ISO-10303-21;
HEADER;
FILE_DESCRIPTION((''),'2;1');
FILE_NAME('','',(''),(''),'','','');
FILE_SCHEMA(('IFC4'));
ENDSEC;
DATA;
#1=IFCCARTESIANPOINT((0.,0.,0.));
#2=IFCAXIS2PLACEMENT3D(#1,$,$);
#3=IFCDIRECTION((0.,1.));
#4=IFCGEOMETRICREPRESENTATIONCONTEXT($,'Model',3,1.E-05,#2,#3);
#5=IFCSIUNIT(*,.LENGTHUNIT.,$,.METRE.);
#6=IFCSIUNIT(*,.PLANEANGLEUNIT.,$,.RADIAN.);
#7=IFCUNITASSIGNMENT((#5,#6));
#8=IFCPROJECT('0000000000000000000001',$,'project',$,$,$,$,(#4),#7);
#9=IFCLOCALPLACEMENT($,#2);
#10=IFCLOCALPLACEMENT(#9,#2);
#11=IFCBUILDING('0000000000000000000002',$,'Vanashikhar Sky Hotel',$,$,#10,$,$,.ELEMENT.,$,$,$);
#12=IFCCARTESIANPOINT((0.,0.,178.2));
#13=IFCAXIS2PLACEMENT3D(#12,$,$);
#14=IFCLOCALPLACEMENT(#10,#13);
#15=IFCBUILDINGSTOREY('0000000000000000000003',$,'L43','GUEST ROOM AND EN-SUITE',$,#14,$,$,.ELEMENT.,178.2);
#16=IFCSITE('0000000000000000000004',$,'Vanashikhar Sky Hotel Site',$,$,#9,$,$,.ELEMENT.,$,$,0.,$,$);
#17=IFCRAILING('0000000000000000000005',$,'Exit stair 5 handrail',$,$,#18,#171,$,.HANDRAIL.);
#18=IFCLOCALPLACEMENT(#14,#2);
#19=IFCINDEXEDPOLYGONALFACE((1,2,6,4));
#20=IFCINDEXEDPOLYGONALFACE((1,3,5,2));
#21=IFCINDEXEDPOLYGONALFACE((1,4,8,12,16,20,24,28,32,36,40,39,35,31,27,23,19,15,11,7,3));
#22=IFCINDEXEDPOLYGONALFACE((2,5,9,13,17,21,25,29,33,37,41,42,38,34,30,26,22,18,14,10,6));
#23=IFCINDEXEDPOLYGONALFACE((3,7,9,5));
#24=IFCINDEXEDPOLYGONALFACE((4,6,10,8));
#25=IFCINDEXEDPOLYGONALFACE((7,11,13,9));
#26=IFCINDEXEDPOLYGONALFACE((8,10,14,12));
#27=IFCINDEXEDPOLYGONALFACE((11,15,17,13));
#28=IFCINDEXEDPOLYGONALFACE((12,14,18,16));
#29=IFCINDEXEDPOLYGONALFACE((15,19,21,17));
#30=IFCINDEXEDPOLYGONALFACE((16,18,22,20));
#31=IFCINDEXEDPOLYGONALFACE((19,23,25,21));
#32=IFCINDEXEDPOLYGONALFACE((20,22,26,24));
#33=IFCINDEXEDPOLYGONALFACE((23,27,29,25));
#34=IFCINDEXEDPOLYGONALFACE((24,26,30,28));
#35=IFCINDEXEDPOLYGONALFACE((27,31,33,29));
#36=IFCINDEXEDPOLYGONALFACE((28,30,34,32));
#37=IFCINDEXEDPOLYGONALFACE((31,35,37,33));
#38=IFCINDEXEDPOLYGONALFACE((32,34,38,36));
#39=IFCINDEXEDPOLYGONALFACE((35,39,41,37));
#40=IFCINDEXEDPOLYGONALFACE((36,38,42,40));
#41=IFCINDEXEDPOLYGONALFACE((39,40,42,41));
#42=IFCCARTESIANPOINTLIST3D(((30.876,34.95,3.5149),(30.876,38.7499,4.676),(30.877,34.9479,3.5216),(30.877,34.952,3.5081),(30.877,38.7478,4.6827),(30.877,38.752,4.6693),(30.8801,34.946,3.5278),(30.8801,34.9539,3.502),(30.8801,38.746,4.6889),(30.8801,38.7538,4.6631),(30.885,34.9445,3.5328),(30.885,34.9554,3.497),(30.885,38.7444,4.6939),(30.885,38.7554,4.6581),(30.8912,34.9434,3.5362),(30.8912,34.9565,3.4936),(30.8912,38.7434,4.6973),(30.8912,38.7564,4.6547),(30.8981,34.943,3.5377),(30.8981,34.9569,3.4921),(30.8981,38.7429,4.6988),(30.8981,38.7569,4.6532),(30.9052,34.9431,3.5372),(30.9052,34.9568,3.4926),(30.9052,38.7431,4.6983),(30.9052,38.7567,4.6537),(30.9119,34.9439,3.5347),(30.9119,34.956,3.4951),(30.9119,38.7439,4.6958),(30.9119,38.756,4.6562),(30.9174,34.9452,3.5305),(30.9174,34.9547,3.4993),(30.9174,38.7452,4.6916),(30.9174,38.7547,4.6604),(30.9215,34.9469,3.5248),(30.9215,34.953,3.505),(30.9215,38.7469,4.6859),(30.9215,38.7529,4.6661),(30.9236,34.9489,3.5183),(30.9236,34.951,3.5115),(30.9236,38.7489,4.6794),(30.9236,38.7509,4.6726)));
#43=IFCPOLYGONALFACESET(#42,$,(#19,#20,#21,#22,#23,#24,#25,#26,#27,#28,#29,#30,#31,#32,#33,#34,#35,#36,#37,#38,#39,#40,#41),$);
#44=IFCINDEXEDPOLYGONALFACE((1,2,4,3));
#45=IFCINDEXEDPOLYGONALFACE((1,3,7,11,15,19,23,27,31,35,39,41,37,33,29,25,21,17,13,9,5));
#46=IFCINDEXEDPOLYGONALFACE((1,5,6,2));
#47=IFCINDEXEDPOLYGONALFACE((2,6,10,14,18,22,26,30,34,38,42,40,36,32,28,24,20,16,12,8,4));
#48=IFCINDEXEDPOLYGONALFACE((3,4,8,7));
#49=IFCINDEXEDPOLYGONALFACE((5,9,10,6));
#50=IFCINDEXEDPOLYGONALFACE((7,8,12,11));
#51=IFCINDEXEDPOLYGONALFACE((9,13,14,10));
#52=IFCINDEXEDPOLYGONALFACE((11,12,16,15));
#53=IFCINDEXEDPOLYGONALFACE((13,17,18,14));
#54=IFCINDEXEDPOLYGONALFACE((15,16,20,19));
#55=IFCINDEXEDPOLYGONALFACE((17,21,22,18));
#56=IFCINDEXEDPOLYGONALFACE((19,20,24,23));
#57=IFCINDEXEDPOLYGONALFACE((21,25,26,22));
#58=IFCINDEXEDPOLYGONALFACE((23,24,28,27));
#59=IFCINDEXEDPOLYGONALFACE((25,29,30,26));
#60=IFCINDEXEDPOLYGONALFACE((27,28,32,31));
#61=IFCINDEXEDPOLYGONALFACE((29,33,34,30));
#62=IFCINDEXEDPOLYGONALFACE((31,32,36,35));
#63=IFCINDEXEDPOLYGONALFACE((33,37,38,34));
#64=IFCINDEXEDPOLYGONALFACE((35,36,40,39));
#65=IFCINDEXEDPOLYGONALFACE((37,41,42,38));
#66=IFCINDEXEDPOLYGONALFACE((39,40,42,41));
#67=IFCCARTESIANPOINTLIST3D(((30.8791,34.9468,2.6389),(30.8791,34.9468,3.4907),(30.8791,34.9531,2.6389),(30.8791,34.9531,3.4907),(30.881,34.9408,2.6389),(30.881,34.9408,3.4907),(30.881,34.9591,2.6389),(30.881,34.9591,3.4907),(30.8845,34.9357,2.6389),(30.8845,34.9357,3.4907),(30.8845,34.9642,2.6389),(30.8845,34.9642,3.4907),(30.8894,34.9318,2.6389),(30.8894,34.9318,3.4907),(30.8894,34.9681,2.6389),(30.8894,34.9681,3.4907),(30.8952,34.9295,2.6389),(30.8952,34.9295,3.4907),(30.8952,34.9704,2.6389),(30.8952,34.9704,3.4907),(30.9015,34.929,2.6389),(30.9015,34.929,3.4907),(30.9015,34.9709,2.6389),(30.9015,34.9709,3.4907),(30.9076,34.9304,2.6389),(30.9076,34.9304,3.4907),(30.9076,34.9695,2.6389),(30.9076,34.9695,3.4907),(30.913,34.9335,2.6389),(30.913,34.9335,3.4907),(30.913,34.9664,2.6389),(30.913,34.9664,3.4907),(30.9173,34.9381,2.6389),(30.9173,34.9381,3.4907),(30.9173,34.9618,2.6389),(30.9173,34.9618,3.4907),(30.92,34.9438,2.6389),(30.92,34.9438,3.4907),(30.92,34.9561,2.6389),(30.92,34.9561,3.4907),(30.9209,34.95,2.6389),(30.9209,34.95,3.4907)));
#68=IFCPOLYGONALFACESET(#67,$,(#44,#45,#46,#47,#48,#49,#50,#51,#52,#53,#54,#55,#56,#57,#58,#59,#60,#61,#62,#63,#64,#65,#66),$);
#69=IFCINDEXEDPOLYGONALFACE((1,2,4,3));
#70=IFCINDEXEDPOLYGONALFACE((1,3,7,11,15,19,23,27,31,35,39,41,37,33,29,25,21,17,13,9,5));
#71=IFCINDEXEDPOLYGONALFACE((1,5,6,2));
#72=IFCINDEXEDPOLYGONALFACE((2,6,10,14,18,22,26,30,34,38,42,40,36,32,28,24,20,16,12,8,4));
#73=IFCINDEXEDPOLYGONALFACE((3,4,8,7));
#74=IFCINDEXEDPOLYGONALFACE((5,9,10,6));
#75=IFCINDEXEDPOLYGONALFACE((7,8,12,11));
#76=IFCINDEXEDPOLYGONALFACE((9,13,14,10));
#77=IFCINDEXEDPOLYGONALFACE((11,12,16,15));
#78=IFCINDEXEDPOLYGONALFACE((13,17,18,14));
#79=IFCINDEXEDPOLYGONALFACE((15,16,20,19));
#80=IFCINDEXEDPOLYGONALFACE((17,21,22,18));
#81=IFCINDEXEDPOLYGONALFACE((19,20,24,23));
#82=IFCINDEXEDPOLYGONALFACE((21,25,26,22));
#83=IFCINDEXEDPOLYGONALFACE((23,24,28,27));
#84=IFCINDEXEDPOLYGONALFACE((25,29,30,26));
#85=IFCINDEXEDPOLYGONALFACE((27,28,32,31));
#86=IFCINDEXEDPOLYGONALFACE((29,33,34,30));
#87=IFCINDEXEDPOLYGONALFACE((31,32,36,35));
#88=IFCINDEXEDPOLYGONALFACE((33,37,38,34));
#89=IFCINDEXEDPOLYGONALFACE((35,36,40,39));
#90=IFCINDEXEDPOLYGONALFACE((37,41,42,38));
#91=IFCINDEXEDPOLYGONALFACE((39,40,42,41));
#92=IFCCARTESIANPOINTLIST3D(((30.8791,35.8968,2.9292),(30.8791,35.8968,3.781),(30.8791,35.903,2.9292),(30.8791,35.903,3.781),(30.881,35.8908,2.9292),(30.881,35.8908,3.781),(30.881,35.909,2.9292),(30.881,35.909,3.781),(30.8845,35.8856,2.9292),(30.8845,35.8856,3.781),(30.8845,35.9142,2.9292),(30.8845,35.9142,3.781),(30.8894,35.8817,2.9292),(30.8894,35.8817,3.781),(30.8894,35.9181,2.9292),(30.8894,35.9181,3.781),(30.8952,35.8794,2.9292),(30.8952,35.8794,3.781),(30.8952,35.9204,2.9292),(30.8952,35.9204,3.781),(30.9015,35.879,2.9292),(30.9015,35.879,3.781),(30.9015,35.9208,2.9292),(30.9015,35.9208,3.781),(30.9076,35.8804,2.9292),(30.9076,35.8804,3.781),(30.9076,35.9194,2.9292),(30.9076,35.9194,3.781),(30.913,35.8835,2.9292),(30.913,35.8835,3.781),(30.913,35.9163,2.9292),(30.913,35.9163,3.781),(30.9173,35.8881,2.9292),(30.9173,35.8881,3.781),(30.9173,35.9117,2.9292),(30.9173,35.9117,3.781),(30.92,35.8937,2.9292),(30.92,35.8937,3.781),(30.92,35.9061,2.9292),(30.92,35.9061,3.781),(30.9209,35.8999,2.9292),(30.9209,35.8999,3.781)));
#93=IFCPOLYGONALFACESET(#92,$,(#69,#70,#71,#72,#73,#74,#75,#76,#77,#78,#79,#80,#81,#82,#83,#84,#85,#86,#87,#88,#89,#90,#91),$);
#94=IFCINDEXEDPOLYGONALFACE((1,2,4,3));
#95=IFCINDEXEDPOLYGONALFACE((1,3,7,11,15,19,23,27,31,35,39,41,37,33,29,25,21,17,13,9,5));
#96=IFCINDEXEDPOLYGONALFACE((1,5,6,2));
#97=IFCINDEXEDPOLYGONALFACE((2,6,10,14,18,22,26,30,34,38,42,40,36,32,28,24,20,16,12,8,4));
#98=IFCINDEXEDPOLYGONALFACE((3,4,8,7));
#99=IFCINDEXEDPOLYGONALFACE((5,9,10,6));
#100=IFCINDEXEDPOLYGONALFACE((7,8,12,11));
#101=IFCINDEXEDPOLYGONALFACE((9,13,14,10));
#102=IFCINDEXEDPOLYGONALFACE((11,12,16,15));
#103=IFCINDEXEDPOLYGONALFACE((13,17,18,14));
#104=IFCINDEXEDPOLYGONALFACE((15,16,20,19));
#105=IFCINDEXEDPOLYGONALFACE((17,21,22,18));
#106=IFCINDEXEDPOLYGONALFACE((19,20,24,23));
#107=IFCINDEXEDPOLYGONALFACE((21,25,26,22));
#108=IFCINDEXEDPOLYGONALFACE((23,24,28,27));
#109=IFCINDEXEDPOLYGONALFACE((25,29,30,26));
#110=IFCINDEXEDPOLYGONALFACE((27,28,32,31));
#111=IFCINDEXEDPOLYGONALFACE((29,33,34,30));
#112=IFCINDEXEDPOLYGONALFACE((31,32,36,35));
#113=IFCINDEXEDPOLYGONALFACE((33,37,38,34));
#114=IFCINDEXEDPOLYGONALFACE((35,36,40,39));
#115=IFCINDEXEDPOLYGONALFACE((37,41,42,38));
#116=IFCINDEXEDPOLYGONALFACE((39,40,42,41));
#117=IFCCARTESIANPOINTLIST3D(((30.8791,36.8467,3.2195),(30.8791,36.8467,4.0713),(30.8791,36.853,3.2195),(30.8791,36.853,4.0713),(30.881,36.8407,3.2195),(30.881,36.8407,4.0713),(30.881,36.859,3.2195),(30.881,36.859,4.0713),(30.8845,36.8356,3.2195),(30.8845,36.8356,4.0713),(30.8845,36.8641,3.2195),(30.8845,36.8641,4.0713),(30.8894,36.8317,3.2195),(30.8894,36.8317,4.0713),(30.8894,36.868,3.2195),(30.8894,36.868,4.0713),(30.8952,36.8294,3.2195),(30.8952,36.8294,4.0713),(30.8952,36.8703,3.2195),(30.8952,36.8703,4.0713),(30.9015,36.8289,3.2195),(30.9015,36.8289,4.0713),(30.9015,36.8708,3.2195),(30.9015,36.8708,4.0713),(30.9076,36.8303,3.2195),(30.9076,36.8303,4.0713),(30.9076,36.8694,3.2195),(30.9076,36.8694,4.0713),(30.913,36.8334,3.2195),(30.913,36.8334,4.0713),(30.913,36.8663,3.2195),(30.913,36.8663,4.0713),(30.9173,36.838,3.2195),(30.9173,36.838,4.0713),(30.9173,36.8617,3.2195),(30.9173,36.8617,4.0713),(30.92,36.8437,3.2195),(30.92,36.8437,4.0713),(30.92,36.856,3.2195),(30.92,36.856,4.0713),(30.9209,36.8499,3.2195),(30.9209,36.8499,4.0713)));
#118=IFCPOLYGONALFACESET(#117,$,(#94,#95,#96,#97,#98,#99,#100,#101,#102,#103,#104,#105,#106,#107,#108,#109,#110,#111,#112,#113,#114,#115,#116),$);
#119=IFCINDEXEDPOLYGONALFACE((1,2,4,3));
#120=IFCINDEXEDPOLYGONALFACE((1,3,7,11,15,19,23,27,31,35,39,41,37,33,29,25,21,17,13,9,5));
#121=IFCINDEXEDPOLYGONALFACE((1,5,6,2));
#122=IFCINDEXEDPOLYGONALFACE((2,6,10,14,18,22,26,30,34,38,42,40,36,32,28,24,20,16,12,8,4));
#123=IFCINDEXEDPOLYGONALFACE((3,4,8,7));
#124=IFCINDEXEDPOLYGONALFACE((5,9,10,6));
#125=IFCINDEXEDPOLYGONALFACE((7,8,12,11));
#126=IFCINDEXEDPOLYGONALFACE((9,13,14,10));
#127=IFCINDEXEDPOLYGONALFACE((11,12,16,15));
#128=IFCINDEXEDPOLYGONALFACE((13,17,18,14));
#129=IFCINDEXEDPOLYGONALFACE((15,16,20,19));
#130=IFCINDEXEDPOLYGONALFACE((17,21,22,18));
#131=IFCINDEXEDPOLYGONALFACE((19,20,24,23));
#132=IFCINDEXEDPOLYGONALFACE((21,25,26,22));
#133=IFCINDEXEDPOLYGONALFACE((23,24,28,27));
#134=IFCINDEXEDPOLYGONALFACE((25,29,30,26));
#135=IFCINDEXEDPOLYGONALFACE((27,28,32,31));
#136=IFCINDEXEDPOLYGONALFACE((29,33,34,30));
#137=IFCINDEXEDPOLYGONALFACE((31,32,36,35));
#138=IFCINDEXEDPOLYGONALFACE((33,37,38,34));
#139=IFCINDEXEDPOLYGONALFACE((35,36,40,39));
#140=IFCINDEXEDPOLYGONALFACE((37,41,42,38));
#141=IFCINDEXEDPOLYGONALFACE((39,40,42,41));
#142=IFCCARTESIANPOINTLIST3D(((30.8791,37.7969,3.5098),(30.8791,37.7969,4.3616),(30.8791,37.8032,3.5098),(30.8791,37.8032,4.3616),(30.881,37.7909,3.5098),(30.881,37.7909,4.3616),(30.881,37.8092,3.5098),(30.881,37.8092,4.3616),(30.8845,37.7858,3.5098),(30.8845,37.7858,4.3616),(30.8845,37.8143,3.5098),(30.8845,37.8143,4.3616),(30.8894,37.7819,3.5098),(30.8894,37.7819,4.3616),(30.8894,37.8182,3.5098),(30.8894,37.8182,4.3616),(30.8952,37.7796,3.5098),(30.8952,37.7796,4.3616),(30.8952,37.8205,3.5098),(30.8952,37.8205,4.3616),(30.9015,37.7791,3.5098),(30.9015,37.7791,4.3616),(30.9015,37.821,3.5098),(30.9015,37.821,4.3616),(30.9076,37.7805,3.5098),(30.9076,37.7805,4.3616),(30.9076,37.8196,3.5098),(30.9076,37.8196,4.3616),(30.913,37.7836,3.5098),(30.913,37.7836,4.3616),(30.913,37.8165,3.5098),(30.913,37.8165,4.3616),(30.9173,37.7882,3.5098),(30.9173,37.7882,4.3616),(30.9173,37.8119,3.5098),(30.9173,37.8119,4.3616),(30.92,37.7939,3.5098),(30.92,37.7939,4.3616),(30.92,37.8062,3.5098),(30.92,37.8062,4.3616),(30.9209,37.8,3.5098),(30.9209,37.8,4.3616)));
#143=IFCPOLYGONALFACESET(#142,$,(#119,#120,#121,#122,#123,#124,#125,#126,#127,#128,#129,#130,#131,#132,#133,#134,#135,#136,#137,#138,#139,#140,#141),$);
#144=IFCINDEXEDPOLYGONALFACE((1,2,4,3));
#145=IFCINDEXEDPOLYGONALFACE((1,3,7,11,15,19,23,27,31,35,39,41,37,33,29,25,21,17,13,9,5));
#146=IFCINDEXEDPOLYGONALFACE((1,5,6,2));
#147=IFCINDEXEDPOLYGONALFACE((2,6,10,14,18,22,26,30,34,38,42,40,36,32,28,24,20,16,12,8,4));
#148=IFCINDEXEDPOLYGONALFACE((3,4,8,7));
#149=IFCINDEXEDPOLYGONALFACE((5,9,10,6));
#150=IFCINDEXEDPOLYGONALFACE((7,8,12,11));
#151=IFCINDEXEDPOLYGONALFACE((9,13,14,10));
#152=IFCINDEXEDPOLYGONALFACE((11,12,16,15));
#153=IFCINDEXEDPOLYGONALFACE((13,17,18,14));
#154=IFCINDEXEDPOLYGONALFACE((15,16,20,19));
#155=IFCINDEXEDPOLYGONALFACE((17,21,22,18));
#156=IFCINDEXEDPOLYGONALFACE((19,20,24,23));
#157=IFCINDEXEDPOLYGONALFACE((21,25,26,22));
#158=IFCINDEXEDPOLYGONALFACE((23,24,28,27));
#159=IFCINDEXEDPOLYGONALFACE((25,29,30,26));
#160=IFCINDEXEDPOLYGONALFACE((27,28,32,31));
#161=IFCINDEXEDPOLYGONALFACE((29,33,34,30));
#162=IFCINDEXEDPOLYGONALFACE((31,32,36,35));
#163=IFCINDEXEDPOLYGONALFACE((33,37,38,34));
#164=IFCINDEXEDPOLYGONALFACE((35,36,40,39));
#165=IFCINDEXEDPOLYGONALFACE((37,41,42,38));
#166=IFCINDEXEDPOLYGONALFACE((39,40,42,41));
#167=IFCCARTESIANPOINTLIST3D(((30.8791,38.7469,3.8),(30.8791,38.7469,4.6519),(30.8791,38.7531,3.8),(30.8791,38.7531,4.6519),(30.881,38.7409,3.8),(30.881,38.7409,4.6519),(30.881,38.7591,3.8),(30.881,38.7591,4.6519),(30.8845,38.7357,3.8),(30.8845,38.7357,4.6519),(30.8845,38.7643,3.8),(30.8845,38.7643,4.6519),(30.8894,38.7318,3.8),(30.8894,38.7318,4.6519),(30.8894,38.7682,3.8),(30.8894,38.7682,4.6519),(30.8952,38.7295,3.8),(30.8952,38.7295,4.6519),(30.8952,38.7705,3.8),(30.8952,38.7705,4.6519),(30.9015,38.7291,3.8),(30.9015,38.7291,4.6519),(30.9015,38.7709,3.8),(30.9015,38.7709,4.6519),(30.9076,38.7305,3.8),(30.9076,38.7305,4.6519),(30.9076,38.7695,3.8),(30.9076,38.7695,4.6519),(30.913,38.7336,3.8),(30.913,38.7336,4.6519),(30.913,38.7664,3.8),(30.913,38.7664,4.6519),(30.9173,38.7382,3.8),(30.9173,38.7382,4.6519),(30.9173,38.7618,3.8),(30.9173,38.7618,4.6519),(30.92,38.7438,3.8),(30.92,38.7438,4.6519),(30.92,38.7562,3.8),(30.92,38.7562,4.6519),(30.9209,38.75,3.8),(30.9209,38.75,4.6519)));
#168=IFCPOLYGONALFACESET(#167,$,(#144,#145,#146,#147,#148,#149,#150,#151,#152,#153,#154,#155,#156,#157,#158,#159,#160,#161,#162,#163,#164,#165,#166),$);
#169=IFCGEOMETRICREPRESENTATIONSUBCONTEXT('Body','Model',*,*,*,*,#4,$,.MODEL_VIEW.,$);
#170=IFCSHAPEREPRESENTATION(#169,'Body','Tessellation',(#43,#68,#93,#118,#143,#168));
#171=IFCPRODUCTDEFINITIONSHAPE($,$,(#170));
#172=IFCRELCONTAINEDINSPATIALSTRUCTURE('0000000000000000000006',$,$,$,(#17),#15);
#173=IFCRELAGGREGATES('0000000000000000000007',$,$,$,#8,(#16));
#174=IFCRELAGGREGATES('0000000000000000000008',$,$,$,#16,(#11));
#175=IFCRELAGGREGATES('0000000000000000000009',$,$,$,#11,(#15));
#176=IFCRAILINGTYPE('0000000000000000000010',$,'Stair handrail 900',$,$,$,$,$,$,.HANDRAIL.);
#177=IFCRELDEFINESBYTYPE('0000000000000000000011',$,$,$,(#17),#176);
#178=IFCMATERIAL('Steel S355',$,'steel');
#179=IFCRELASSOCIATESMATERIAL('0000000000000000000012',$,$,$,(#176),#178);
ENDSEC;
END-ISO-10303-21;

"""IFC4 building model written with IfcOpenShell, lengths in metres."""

from ifc_helpers import new_model, si_unit, direction, frame, origin, origin_2d, place, context, subcontext, project, spatial, circle, extrude, source, transform, mapped, material, type_object, element, save


model = new_model("IFC4")

# Units and contexts
model_context = context("Model", 3, precision=1e-05, world=origin(), true_north=direction((0.0, 1.0)))
body_context = subcontext(model_context, "Body", "Model", "MODEL_VIEW")
ifc_project = project(units=[si_unit("LENGTHUNIT", "METRE"), si_unit("PLANEANGLEUNIT", "RADIAN")], contexts=[model_context])

# Site, building, storey
site_placement = place(None, origin())
site = spatial("IfcSite", under=ifc_project, at=site_placement, Name="Vanashikhar Sky Hotel Site", CompositionType="ELEMENT", RefElevation=0.0)
building_placement = place(site_placement, origin())
building = spatial("IfcBuilding", under=site, at=building_placement, Name="Vanashikhar Sky Hotel", CompositionType="ELEMENT")
storey_placement = place(building_placement, frame((0.0, 0.0, 178.2)))
storey = spatial("IfcBuildingStorey", under=building, at=storey_placement, Name="L43", Description="GUEST ROOM AND EN-SUITE", CompositionType="ELEMENT", Elevation=178.2)

# Railing
ifc_material_1 = material(Name="Steel S355", Category="steel")
railing_type = type_object("IfcRailingType", Name="Stair handrail 900", PredefinedType="HANDRAIL", material=ifc_material_1)
shared_shape_1 = source(origin(), body_context, "Body", "SweptSolid", [
    extrude(circle(Radius=0.0239, at=origin_2d()), frame((0.0, 0.0, 0.876), z_axis=(0.0, 0.956351, 0.29222), x_axis=(-1.0, 0.0, 0.0)), (0.0, 0.0, 1.0), 3.9734),
    extrude(circle(Radius=0.021, at=origin_2d()), origin(), (0.0, 0.0, 1.0), 0.8518),
    extrude(circle(Radius=0.021, at=origin_2d()), frame((0.0, 0.95, 0.2903)), (0.0, 0.0, 1.0), 0.8518),
    extrude(circle(Radius=0.021, at=origin_2d()), frame((0.0, 1.8999, 0.5806)), (0.0, 0.0, 1.0), 0.8518),
    extrude(circle(Radius=0.021, at=origin_2d()), frame((0.0, 2.8501, 0.8708)), (0.0, 0.0, 1.0), 0.8518),
    extrude(circle(Radius=0.021, at=origin_2d()), frame((0.0, 3.8, 1.1611)), (0.0, 0.0, 1.0), 0.8518),
])
for number, where, name in (
    (1, (30.8999, 34.95, 2.6389), "Exit stair 5 handrail"),
):
    element("IfcRailing", number, at=place(storey_placement, frame(where)), inside=storey, type_object=railing_type, Name=name, PredefinedType="HANDRAIL", context=body_context, shape_type="MappedRepresentation", body=[
        mapped(shared_shape_1, transform((0.0, 0.0, 0.0), scale=1.0)),
    ])

save(model, "model.ifc")
